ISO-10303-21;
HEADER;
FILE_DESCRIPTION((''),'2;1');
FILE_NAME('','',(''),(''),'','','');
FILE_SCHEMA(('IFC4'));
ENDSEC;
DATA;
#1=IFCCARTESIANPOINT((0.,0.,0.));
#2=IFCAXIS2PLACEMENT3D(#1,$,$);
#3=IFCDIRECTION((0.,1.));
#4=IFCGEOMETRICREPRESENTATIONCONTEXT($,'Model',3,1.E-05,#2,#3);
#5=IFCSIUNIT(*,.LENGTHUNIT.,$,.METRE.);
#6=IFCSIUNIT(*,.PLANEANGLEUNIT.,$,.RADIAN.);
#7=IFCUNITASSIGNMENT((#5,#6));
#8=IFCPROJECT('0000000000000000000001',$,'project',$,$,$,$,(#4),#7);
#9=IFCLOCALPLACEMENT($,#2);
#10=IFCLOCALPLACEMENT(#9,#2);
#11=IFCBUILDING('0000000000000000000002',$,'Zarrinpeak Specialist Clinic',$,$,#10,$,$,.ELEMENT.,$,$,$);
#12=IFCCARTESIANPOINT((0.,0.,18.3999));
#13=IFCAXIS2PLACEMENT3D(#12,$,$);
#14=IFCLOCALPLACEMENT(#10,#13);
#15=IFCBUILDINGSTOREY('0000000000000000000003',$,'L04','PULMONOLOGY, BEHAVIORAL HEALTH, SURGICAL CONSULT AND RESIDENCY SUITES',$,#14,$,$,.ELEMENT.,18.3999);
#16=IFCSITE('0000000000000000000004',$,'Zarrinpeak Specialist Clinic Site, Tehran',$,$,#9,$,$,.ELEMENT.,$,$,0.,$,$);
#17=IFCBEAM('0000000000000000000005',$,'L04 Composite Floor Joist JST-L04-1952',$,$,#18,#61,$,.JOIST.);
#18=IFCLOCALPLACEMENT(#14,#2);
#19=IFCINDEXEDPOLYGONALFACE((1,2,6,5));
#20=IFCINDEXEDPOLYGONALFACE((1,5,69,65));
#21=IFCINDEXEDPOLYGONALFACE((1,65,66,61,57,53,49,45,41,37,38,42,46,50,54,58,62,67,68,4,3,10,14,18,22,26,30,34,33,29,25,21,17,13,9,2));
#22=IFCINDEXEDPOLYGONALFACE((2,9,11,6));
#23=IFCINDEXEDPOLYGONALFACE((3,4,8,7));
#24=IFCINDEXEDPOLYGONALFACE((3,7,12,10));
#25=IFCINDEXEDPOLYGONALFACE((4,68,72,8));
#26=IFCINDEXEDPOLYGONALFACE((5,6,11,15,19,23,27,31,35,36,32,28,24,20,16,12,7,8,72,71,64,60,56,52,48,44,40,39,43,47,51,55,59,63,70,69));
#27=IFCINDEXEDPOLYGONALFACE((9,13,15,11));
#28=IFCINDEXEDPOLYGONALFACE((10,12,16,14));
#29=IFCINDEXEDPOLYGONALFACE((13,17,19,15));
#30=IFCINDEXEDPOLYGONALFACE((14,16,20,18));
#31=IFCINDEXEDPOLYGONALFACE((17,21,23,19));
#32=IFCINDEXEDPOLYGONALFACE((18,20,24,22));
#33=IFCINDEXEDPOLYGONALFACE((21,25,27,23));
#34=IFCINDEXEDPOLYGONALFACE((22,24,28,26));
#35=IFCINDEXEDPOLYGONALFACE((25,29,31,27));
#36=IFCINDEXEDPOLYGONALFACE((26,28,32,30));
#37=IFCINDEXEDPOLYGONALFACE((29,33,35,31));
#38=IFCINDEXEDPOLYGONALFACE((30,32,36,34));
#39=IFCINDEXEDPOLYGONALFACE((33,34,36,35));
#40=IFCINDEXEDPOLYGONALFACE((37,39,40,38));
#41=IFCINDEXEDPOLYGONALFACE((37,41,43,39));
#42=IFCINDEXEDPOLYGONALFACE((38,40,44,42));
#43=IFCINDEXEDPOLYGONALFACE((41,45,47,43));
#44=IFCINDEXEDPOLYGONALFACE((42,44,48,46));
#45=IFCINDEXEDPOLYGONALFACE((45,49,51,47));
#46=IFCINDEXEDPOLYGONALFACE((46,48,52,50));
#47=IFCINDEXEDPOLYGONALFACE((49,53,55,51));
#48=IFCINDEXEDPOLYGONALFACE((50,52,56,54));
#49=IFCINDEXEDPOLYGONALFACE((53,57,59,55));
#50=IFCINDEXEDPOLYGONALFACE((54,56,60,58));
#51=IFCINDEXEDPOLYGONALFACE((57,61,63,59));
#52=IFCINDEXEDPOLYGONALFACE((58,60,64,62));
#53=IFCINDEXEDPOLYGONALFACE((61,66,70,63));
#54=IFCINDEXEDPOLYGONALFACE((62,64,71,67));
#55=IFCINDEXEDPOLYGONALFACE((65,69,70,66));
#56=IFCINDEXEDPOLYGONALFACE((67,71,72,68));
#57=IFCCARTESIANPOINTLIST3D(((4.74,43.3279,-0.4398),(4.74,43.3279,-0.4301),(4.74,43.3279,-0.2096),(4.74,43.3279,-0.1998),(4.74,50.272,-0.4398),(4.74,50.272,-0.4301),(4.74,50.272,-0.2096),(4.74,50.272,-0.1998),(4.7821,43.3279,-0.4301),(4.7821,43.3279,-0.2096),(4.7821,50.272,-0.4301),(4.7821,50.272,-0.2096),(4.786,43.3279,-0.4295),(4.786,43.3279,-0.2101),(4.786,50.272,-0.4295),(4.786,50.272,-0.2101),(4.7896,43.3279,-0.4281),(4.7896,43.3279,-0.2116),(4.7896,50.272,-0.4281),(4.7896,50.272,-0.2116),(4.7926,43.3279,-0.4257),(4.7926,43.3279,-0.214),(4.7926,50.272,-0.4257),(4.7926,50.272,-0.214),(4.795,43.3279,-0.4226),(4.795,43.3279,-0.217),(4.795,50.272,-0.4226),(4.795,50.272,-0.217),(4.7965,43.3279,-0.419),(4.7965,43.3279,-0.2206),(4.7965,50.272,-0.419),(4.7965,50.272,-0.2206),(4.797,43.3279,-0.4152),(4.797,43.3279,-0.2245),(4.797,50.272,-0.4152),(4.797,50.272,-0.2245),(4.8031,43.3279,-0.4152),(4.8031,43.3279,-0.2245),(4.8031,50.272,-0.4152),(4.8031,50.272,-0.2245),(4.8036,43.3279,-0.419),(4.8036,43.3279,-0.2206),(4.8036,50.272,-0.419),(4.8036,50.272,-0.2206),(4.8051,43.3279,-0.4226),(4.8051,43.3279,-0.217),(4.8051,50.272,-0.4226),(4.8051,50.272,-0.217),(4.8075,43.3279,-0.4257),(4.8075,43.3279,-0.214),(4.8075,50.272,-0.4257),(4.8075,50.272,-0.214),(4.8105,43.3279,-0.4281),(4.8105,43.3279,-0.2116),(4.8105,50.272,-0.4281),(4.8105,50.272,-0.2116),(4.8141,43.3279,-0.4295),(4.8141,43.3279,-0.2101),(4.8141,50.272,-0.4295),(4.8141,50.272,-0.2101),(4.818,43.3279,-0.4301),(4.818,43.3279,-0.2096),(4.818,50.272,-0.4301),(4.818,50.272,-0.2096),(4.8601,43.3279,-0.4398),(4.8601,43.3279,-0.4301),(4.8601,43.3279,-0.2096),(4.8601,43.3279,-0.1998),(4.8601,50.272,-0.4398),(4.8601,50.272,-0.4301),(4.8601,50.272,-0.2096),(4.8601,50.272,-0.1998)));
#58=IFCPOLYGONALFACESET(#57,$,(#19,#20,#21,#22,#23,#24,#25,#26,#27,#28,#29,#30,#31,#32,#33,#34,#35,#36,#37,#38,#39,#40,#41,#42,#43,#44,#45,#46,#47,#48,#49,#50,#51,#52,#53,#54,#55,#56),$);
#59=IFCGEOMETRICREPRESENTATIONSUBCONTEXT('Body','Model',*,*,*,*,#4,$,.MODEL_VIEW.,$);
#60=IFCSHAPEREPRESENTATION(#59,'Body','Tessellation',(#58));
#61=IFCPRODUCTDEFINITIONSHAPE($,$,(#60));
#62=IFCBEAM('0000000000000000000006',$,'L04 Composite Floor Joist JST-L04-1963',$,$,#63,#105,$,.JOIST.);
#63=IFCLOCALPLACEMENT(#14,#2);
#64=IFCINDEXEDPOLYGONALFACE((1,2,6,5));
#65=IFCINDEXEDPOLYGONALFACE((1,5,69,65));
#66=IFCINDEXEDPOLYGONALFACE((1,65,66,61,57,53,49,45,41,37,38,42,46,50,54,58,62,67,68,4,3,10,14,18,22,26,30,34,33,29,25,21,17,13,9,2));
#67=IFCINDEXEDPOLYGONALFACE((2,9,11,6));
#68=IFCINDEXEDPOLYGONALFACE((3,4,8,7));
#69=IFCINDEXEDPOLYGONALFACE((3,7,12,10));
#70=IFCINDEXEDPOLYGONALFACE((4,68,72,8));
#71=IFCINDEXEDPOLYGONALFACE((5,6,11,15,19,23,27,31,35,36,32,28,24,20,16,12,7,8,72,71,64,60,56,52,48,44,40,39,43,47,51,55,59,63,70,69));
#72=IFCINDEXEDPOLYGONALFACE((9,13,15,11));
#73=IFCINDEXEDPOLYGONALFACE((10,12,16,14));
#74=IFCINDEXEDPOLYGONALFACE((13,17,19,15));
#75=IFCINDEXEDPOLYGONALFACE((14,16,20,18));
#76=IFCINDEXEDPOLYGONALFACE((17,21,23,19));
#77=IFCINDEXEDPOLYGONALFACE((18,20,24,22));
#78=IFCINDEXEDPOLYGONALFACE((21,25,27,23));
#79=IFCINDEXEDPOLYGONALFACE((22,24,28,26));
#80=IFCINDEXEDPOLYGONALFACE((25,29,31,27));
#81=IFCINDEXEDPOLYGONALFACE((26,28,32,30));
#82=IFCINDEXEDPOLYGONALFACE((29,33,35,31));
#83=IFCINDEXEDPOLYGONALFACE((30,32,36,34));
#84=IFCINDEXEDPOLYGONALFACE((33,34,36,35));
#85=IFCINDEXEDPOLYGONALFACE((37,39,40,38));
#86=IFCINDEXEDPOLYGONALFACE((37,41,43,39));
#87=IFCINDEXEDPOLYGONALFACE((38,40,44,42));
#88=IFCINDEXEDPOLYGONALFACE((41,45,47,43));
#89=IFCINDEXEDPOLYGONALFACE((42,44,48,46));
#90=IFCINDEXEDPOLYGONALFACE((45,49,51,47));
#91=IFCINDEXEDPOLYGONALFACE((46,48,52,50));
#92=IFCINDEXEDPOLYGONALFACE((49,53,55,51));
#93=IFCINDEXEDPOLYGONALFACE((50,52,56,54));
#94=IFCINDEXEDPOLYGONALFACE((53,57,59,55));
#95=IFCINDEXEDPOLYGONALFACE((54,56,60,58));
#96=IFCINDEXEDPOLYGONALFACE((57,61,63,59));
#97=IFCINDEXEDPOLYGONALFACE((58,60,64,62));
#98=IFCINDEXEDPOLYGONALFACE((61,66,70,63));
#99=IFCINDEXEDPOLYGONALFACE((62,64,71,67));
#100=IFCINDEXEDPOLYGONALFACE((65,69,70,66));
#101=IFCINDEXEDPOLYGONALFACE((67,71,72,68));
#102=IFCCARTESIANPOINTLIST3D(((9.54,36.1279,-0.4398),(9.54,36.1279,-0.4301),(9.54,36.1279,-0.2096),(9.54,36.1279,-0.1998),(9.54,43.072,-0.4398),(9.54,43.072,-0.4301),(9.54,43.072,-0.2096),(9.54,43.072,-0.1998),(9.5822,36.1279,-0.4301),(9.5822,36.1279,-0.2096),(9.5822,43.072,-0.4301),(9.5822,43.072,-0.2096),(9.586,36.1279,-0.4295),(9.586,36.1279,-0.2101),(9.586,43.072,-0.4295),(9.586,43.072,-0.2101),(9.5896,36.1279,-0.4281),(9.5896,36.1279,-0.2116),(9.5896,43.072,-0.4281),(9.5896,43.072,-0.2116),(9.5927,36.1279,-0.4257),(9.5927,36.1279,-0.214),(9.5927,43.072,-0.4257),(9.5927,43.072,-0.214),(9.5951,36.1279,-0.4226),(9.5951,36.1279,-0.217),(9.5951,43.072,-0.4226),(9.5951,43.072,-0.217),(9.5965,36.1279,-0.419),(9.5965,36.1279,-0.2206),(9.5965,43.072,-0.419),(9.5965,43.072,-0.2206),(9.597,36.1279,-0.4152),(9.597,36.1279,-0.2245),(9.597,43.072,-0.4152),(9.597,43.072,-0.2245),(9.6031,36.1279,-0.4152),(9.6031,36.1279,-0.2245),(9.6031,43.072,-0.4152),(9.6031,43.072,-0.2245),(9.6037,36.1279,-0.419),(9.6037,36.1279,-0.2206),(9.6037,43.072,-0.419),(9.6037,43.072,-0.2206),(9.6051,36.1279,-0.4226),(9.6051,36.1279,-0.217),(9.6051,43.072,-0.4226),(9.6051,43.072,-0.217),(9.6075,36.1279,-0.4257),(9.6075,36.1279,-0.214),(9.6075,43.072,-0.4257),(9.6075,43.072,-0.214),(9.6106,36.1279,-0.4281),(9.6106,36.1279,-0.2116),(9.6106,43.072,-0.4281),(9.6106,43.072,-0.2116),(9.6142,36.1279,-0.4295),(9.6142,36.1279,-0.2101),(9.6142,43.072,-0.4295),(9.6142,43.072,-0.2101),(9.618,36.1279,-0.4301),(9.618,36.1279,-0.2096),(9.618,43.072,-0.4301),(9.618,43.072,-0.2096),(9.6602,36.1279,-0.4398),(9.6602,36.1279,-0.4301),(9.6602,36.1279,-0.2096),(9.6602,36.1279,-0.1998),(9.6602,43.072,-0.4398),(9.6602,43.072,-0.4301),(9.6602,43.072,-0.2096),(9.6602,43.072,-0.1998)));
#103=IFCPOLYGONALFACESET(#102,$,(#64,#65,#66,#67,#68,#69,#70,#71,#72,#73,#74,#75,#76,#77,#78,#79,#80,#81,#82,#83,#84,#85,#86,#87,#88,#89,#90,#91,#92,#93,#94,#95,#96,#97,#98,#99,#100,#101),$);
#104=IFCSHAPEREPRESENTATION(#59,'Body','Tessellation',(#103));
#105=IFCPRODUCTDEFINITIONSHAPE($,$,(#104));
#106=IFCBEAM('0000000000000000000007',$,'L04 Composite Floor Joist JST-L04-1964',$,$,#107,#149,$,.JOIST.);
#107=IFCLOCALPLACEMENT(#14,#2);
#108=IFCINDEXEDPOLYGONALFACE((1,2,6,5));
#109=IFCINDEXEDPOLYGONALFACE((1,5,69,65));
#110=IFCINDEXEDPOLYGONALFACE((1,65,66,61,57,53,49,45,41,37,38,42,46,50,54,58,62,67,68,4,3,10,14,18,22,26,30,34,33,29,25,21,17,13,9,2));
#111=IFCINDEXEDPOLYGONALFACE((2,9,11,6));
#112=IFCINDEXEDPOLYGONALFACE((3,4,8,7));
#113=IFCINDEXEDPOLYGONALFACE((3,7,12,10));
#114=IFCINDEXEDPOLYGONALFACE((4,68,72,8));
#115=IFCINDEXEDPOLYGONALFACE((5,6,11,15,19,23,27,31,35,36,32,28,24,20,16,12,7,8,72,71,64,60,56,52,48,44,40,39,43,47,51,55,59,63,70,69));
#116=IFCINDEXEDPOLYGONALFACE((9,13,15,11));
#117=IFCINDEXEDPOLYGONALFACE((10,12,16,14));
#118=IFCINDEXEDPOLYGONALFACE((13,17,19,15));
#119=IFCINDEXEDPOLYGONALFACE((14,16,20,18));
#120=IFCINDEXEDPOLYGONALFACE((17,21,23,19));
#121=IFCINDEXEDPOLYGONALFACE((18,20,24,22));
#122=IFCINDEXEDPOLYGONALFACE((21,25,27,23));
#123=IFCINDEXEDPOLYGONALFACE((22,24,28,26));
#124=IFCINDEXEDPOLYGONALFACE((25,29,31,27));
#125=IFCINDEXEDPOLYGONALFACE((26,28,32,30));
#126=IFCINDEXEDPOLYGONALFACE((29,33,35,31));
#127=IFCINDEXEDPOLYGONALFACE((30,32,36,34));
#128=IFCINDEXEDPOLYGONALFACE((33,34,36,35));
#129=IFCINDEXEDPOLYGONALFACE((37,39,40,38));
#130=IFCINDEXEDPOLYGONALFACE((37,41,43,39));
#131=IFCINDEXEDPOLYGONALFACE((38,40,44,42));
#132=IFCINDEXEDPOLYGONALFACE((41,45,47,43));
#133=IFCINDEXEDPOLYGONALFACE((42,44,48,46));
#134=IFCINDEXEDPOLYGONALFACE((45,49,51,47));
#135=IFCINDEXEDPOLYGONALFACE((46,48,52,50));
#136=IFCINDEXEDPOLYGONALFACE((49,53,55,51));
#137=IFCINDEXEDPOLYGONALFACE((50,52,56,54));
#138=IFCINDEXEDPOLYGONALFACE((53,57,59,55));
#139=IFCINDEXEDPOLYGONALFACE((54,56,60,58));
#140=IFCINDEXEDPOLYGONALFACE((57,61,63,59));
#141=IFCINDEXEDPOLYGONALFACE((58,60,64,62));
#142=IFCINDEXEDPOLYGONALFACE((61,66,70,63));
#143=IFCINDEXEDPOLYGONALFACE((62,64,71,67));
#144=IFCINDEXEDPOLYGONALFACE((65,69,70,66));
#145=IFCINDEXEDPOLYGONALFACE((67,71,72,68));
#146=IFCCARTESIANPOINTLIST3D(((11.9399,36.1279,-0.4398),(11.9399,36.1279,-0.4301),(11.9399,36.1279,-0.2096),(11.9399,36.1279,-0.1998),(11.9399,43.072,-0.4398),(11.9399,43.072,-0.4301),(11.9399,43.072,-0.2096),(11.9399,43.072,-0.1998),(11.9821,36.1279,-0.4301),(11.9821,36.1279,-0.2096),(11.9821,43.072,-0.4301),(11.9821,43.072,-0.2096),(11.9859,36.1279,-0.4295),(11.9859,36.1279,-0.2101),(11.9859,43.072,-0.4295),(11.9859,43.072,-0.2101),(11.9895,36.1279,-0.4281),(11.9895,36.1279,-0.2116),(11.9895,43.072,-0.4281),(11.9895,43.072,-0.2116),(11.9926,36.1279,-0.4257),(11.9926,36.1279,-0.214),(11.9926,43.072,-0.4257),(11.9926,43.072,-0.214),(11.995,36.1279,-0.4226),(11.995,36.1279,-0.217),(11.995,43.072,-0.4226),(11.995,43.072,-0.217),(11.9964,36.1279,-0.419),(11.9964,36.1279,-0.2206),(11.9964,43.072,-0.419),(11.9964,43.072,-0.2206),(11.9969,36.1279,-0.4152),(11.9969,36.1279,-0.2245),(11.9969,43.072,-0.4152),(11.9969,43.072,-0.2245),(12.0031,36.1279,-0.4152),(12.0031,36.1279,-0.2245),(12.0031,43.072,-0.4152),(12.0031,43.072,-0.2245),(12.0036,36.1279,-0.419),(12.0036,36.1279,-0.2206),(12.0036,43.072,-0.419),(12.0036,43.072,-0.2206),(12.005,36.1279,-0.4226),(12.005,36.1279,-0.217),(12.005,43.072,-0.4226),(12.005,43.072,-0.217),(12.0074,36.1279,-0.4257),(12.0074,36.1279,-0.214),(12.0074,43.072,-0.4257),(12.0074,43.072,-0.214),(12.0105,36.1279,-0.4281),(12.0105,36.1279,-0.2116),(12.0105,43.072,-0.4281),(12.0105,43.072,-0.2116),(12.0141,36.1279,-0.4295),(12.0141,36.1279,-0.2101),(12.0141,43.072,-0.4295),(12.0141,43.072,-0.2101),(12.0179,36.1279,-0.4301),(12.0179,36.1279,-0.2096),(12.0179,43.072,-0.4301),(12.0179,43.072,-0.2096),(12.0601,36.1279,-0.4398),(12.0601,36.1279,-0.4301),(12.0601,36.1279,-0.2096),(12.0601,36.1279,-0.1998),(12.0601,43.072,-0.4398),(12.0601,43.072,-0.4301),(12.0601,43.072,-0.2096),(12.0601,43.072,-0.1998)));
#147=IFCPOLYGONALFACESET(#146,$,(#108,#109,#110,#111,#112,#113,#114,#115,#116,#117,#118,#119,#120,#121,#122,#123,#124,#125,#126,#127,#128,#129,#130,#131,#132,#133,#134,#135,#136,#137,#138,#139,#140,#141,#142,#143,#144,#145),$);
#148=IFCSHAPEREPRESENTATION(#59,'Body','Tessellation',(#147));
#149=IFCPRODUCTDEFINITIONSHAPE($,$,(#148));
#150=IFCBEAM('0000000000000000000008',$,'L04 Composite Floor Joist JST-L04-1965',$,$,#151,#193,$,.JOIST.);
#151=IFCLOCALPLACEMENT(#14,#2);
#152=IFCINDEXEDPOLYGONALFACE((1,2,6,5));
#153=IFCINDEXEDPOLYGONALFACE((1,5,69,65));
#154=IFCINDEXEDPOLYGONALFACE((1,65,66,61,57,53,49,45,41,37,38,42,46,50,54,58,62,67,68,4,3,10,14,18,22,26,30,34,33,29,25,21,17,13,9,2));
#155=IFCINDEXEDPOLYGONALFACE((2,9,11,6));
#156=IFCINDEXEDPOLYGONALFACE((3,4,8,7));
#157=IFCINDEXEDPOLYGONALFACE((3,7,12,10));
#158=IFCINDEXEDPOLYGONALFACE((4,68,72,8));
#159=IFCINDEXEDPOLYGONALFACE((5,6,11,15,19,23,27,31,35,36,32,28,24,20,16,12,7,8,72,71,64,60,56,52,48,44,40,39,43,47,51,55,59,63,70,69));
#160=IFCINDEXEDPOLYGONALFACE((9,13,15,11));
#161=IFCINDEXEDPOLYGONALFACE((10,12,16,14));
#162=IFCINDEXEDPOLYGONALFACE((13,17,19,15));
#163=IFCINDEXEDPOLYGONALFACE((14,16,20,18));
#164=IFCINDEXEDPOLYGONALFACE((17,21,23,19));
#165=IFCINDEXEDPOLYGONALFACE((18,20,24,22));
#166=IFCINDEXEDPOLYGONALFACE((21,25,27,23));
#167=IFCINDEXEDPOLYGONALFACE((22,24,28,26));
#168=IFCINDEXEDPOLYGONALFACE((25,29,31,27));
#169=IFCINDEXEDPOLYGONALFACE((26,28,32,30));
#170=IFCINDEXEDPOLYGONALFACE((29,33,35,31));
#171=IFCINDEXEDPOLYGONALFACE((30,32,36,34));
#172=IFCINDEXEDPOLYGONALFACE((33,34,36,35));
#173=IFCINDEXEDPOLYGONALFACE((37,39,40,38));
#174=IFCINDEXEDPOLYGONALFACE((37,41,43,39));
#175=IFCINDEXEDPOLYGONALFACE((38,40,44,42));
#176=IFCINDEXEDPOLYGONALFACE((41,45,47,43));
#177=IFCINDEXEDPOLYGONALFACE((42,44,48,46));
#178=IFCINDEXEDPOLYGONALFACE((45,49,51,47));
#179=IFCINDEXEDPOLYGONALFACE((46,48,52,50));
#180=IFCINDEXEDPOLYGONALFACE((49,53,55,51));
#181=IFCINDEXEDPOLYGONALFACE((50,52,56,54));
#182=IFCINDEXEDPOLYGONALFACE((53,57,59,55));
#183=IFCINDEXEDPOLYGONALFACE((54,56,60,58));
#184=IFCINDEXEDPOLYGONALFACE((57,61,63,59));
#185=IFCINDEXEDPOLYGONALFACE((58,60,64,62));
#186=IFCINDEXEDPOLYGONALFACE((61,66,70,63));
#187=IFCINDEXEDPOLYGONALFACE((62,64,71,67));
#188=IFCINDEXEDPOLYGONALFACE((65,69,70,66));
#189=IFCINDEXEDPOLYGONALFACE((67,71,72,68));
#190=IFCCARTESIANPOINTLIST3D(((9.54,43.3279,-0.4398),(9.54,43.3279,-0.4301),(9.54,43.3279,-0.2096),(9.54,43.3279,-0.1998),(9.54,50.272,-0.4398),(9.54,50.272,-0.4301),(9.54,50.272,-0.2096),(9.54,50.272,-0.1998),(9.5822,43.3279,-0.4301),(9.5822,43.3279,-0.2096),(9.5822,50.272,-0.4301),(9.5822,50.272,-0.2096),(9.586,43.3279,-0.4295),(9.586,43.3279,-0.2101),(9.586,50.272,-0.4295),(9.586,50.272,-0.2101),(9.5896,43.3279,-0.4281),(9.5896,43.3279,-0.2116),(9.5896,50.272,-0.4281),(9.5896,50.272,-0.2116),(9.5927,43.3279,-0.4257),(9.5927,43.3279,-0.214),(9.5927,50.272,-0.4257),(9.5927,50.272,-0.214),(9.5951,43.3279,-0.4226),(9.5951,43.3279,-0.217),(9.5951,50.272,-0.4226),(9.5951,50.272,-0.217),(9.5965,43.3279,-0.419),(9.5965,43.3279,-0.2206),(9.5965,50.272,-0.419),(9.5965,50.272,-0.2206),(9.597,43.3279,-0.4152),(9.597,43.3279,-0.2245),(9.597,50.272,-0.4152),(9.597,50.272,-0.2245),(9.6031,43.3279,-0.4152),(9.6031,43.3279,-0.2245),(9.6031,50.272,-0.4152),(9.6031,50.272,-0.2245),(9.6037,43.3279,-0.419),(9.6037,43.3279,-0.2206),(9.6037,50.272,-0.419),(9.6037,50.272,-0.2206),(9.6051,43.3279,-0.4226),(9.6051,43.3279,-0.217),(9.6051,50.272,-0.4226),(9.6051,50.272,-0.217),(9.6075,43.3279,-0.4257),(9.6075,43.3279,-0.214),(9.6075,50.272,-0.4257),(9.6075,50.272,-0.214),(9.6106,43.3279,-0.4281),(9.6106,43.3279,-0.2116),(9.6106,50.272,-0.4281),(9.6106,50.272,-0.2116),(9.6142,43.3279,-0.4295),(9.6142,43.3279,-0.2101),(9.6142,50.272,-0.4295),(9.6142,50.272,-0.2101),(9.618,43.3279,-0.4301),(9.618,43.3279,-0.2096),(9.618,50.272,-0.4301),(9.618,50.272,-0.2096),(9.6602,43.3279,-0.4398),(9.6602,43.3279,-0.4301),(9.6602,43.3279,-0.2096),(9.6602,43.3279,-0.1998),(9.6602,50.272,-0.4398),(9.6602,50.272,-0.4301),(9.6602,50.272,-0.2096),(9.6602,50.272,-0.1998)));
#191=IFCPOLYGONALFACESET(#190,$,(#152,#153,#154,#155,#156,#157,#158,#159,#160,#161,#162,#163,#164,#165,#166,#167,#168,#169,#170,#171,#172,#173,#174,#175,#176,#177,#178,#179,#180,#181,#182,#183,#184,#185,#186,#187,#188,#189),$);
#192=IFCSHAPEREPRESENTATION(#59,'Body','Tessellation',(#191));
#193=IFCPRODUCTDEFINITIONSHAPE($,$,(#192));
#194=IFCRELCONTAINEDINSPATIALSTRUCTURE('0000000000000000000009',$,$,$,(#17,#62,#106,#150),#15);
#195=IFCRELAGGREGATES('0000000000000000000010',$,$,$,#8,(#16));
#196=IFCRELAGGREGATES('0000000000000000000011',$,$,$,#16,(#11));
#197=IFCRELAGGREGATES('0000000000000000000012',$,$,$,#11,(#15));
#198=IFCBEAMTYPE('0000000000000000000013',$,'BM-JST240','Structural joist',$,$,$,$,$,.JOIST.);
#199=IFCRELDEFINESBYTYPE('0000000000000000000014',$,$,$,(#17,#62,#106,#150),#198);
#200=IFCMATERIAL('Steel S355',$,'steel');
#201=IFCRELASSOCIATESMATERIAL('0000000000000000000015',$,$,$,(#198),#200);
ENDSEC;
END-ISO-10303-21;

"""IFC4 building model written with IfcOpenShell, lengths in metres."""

from ifc_helpers import new_model, si_unit, direction, frame, origin, origin_2d, place, context, subcontext, project, spatial, i_section, extrude, material, material_profile, profile_set, type_object, element, save


model = new_model("IFC4")

# Units and contexts
model_context = context("Model", 3, precision=1e-05, world=origin(), true_north=direction((0.0, 1.0)))
body_context = subcontext(model_context, "Body", "Model", "MODEL_VIEW")
ifc_project = project(units=[si_unit("LENGTHUNIT", "METRE"), si_unit("PLANEANGLEUNIT", "RADIAN")], contexts=[model_context])

# Site, building, storey
site_placement = place(None, origin())
site = spatial("IfcSite", under=ifc_project, at=site_placement, Name="Zarrinpeak Specialist Clinic Site, Tehran", CompositionType="ELEMENT", RefElevation=0.0)
building_placement = place(site_placement, origin())
building = spatial("IfcBuilding", under=site, at=building_placement, Name="Zarrinpeak Specialist Clinic", CompositionType="ELEMENT")
storey_placement = place(building_placement, frame((0.0, 0.0, 18.3999)))
storey = spatial("IfcBuildingStorey", under=building, at=storey_placement, Name="L04", Description="PULMONOLOGY, BEHAVIORAL HEALTH, SURGICAL CONSULT AND RESIDENCY SUITES", CompositionType="ELEMENT", Elevation=18.3999)

# Shared definitions
ifc_material_1 = material(Name="Steel S355", Category="steel")

# Beams
ifc_material_profile_1 = material_profile(ifc_material_1, i_section(OverallWidth=0.1201, OverallDepth=0.24, WebThickness=0.0061, FlangeThickness=0.0098, FilletRadius=0.0149, at=origin_2d()), Name="IPE 240")
ifc_profile_set_1 = profile_set([ifc_material_profile_1], Name="Steel S355")
beam_type_1 = type_object("IfcBeamType", Name="BM-JST240", Description="Structural joist", PredefinedType="JOIST", material=ifc_profile_set_1)
for number, where, z_axis, x_axis, name in (
    (1, (4.8, 43.3279, -0.3198), (0.0, 1.0, 0.0), (-1.0, 0.0, 0.0), "L04 Composite Floor Joist JST-L04-1952"),
    (2, (9.6001, 36.1279, -0.3198), (0.0, 1.0, 0.0), (-1.0, 0.0, 0.0), "L04 Composite Floor Joist JST-L04-1963"),
    (3, (12.0, 36.1279, -0.3198), (0.0, 1.0, 0.0), (-1.0, 0.0, 0.0), "L04 Composite Floor Joist JST-L04-1964"),
    (4, (9.6001, 43.3279, -0.3198), (0.0, 1.0, 0.0), (-1.0, 0.0, 0.0), "L04 Composite Floor Joist JST-L04-1965"),
):
    element("IfcBeam", number, at=place(storey_placement, frame(where, z_axis=z_axis, x_axis=x_axis)), inside=storey, type_object=beam_type_1, Name=name, PredefinedType="JOIST", context=body_context, shape_type="SweptSolid", body=[
        extrude(i_section(OverallWidth=0.1201, OverallDepth=0.24, WebThickness=0.0061, FlangeThickness=0.0098, FilletRadius=0.0149, at=origin_2d()), origin(), (0.0, 0.0, 1.0), 6.9441),
    ])

save(model, "model.ifc")
